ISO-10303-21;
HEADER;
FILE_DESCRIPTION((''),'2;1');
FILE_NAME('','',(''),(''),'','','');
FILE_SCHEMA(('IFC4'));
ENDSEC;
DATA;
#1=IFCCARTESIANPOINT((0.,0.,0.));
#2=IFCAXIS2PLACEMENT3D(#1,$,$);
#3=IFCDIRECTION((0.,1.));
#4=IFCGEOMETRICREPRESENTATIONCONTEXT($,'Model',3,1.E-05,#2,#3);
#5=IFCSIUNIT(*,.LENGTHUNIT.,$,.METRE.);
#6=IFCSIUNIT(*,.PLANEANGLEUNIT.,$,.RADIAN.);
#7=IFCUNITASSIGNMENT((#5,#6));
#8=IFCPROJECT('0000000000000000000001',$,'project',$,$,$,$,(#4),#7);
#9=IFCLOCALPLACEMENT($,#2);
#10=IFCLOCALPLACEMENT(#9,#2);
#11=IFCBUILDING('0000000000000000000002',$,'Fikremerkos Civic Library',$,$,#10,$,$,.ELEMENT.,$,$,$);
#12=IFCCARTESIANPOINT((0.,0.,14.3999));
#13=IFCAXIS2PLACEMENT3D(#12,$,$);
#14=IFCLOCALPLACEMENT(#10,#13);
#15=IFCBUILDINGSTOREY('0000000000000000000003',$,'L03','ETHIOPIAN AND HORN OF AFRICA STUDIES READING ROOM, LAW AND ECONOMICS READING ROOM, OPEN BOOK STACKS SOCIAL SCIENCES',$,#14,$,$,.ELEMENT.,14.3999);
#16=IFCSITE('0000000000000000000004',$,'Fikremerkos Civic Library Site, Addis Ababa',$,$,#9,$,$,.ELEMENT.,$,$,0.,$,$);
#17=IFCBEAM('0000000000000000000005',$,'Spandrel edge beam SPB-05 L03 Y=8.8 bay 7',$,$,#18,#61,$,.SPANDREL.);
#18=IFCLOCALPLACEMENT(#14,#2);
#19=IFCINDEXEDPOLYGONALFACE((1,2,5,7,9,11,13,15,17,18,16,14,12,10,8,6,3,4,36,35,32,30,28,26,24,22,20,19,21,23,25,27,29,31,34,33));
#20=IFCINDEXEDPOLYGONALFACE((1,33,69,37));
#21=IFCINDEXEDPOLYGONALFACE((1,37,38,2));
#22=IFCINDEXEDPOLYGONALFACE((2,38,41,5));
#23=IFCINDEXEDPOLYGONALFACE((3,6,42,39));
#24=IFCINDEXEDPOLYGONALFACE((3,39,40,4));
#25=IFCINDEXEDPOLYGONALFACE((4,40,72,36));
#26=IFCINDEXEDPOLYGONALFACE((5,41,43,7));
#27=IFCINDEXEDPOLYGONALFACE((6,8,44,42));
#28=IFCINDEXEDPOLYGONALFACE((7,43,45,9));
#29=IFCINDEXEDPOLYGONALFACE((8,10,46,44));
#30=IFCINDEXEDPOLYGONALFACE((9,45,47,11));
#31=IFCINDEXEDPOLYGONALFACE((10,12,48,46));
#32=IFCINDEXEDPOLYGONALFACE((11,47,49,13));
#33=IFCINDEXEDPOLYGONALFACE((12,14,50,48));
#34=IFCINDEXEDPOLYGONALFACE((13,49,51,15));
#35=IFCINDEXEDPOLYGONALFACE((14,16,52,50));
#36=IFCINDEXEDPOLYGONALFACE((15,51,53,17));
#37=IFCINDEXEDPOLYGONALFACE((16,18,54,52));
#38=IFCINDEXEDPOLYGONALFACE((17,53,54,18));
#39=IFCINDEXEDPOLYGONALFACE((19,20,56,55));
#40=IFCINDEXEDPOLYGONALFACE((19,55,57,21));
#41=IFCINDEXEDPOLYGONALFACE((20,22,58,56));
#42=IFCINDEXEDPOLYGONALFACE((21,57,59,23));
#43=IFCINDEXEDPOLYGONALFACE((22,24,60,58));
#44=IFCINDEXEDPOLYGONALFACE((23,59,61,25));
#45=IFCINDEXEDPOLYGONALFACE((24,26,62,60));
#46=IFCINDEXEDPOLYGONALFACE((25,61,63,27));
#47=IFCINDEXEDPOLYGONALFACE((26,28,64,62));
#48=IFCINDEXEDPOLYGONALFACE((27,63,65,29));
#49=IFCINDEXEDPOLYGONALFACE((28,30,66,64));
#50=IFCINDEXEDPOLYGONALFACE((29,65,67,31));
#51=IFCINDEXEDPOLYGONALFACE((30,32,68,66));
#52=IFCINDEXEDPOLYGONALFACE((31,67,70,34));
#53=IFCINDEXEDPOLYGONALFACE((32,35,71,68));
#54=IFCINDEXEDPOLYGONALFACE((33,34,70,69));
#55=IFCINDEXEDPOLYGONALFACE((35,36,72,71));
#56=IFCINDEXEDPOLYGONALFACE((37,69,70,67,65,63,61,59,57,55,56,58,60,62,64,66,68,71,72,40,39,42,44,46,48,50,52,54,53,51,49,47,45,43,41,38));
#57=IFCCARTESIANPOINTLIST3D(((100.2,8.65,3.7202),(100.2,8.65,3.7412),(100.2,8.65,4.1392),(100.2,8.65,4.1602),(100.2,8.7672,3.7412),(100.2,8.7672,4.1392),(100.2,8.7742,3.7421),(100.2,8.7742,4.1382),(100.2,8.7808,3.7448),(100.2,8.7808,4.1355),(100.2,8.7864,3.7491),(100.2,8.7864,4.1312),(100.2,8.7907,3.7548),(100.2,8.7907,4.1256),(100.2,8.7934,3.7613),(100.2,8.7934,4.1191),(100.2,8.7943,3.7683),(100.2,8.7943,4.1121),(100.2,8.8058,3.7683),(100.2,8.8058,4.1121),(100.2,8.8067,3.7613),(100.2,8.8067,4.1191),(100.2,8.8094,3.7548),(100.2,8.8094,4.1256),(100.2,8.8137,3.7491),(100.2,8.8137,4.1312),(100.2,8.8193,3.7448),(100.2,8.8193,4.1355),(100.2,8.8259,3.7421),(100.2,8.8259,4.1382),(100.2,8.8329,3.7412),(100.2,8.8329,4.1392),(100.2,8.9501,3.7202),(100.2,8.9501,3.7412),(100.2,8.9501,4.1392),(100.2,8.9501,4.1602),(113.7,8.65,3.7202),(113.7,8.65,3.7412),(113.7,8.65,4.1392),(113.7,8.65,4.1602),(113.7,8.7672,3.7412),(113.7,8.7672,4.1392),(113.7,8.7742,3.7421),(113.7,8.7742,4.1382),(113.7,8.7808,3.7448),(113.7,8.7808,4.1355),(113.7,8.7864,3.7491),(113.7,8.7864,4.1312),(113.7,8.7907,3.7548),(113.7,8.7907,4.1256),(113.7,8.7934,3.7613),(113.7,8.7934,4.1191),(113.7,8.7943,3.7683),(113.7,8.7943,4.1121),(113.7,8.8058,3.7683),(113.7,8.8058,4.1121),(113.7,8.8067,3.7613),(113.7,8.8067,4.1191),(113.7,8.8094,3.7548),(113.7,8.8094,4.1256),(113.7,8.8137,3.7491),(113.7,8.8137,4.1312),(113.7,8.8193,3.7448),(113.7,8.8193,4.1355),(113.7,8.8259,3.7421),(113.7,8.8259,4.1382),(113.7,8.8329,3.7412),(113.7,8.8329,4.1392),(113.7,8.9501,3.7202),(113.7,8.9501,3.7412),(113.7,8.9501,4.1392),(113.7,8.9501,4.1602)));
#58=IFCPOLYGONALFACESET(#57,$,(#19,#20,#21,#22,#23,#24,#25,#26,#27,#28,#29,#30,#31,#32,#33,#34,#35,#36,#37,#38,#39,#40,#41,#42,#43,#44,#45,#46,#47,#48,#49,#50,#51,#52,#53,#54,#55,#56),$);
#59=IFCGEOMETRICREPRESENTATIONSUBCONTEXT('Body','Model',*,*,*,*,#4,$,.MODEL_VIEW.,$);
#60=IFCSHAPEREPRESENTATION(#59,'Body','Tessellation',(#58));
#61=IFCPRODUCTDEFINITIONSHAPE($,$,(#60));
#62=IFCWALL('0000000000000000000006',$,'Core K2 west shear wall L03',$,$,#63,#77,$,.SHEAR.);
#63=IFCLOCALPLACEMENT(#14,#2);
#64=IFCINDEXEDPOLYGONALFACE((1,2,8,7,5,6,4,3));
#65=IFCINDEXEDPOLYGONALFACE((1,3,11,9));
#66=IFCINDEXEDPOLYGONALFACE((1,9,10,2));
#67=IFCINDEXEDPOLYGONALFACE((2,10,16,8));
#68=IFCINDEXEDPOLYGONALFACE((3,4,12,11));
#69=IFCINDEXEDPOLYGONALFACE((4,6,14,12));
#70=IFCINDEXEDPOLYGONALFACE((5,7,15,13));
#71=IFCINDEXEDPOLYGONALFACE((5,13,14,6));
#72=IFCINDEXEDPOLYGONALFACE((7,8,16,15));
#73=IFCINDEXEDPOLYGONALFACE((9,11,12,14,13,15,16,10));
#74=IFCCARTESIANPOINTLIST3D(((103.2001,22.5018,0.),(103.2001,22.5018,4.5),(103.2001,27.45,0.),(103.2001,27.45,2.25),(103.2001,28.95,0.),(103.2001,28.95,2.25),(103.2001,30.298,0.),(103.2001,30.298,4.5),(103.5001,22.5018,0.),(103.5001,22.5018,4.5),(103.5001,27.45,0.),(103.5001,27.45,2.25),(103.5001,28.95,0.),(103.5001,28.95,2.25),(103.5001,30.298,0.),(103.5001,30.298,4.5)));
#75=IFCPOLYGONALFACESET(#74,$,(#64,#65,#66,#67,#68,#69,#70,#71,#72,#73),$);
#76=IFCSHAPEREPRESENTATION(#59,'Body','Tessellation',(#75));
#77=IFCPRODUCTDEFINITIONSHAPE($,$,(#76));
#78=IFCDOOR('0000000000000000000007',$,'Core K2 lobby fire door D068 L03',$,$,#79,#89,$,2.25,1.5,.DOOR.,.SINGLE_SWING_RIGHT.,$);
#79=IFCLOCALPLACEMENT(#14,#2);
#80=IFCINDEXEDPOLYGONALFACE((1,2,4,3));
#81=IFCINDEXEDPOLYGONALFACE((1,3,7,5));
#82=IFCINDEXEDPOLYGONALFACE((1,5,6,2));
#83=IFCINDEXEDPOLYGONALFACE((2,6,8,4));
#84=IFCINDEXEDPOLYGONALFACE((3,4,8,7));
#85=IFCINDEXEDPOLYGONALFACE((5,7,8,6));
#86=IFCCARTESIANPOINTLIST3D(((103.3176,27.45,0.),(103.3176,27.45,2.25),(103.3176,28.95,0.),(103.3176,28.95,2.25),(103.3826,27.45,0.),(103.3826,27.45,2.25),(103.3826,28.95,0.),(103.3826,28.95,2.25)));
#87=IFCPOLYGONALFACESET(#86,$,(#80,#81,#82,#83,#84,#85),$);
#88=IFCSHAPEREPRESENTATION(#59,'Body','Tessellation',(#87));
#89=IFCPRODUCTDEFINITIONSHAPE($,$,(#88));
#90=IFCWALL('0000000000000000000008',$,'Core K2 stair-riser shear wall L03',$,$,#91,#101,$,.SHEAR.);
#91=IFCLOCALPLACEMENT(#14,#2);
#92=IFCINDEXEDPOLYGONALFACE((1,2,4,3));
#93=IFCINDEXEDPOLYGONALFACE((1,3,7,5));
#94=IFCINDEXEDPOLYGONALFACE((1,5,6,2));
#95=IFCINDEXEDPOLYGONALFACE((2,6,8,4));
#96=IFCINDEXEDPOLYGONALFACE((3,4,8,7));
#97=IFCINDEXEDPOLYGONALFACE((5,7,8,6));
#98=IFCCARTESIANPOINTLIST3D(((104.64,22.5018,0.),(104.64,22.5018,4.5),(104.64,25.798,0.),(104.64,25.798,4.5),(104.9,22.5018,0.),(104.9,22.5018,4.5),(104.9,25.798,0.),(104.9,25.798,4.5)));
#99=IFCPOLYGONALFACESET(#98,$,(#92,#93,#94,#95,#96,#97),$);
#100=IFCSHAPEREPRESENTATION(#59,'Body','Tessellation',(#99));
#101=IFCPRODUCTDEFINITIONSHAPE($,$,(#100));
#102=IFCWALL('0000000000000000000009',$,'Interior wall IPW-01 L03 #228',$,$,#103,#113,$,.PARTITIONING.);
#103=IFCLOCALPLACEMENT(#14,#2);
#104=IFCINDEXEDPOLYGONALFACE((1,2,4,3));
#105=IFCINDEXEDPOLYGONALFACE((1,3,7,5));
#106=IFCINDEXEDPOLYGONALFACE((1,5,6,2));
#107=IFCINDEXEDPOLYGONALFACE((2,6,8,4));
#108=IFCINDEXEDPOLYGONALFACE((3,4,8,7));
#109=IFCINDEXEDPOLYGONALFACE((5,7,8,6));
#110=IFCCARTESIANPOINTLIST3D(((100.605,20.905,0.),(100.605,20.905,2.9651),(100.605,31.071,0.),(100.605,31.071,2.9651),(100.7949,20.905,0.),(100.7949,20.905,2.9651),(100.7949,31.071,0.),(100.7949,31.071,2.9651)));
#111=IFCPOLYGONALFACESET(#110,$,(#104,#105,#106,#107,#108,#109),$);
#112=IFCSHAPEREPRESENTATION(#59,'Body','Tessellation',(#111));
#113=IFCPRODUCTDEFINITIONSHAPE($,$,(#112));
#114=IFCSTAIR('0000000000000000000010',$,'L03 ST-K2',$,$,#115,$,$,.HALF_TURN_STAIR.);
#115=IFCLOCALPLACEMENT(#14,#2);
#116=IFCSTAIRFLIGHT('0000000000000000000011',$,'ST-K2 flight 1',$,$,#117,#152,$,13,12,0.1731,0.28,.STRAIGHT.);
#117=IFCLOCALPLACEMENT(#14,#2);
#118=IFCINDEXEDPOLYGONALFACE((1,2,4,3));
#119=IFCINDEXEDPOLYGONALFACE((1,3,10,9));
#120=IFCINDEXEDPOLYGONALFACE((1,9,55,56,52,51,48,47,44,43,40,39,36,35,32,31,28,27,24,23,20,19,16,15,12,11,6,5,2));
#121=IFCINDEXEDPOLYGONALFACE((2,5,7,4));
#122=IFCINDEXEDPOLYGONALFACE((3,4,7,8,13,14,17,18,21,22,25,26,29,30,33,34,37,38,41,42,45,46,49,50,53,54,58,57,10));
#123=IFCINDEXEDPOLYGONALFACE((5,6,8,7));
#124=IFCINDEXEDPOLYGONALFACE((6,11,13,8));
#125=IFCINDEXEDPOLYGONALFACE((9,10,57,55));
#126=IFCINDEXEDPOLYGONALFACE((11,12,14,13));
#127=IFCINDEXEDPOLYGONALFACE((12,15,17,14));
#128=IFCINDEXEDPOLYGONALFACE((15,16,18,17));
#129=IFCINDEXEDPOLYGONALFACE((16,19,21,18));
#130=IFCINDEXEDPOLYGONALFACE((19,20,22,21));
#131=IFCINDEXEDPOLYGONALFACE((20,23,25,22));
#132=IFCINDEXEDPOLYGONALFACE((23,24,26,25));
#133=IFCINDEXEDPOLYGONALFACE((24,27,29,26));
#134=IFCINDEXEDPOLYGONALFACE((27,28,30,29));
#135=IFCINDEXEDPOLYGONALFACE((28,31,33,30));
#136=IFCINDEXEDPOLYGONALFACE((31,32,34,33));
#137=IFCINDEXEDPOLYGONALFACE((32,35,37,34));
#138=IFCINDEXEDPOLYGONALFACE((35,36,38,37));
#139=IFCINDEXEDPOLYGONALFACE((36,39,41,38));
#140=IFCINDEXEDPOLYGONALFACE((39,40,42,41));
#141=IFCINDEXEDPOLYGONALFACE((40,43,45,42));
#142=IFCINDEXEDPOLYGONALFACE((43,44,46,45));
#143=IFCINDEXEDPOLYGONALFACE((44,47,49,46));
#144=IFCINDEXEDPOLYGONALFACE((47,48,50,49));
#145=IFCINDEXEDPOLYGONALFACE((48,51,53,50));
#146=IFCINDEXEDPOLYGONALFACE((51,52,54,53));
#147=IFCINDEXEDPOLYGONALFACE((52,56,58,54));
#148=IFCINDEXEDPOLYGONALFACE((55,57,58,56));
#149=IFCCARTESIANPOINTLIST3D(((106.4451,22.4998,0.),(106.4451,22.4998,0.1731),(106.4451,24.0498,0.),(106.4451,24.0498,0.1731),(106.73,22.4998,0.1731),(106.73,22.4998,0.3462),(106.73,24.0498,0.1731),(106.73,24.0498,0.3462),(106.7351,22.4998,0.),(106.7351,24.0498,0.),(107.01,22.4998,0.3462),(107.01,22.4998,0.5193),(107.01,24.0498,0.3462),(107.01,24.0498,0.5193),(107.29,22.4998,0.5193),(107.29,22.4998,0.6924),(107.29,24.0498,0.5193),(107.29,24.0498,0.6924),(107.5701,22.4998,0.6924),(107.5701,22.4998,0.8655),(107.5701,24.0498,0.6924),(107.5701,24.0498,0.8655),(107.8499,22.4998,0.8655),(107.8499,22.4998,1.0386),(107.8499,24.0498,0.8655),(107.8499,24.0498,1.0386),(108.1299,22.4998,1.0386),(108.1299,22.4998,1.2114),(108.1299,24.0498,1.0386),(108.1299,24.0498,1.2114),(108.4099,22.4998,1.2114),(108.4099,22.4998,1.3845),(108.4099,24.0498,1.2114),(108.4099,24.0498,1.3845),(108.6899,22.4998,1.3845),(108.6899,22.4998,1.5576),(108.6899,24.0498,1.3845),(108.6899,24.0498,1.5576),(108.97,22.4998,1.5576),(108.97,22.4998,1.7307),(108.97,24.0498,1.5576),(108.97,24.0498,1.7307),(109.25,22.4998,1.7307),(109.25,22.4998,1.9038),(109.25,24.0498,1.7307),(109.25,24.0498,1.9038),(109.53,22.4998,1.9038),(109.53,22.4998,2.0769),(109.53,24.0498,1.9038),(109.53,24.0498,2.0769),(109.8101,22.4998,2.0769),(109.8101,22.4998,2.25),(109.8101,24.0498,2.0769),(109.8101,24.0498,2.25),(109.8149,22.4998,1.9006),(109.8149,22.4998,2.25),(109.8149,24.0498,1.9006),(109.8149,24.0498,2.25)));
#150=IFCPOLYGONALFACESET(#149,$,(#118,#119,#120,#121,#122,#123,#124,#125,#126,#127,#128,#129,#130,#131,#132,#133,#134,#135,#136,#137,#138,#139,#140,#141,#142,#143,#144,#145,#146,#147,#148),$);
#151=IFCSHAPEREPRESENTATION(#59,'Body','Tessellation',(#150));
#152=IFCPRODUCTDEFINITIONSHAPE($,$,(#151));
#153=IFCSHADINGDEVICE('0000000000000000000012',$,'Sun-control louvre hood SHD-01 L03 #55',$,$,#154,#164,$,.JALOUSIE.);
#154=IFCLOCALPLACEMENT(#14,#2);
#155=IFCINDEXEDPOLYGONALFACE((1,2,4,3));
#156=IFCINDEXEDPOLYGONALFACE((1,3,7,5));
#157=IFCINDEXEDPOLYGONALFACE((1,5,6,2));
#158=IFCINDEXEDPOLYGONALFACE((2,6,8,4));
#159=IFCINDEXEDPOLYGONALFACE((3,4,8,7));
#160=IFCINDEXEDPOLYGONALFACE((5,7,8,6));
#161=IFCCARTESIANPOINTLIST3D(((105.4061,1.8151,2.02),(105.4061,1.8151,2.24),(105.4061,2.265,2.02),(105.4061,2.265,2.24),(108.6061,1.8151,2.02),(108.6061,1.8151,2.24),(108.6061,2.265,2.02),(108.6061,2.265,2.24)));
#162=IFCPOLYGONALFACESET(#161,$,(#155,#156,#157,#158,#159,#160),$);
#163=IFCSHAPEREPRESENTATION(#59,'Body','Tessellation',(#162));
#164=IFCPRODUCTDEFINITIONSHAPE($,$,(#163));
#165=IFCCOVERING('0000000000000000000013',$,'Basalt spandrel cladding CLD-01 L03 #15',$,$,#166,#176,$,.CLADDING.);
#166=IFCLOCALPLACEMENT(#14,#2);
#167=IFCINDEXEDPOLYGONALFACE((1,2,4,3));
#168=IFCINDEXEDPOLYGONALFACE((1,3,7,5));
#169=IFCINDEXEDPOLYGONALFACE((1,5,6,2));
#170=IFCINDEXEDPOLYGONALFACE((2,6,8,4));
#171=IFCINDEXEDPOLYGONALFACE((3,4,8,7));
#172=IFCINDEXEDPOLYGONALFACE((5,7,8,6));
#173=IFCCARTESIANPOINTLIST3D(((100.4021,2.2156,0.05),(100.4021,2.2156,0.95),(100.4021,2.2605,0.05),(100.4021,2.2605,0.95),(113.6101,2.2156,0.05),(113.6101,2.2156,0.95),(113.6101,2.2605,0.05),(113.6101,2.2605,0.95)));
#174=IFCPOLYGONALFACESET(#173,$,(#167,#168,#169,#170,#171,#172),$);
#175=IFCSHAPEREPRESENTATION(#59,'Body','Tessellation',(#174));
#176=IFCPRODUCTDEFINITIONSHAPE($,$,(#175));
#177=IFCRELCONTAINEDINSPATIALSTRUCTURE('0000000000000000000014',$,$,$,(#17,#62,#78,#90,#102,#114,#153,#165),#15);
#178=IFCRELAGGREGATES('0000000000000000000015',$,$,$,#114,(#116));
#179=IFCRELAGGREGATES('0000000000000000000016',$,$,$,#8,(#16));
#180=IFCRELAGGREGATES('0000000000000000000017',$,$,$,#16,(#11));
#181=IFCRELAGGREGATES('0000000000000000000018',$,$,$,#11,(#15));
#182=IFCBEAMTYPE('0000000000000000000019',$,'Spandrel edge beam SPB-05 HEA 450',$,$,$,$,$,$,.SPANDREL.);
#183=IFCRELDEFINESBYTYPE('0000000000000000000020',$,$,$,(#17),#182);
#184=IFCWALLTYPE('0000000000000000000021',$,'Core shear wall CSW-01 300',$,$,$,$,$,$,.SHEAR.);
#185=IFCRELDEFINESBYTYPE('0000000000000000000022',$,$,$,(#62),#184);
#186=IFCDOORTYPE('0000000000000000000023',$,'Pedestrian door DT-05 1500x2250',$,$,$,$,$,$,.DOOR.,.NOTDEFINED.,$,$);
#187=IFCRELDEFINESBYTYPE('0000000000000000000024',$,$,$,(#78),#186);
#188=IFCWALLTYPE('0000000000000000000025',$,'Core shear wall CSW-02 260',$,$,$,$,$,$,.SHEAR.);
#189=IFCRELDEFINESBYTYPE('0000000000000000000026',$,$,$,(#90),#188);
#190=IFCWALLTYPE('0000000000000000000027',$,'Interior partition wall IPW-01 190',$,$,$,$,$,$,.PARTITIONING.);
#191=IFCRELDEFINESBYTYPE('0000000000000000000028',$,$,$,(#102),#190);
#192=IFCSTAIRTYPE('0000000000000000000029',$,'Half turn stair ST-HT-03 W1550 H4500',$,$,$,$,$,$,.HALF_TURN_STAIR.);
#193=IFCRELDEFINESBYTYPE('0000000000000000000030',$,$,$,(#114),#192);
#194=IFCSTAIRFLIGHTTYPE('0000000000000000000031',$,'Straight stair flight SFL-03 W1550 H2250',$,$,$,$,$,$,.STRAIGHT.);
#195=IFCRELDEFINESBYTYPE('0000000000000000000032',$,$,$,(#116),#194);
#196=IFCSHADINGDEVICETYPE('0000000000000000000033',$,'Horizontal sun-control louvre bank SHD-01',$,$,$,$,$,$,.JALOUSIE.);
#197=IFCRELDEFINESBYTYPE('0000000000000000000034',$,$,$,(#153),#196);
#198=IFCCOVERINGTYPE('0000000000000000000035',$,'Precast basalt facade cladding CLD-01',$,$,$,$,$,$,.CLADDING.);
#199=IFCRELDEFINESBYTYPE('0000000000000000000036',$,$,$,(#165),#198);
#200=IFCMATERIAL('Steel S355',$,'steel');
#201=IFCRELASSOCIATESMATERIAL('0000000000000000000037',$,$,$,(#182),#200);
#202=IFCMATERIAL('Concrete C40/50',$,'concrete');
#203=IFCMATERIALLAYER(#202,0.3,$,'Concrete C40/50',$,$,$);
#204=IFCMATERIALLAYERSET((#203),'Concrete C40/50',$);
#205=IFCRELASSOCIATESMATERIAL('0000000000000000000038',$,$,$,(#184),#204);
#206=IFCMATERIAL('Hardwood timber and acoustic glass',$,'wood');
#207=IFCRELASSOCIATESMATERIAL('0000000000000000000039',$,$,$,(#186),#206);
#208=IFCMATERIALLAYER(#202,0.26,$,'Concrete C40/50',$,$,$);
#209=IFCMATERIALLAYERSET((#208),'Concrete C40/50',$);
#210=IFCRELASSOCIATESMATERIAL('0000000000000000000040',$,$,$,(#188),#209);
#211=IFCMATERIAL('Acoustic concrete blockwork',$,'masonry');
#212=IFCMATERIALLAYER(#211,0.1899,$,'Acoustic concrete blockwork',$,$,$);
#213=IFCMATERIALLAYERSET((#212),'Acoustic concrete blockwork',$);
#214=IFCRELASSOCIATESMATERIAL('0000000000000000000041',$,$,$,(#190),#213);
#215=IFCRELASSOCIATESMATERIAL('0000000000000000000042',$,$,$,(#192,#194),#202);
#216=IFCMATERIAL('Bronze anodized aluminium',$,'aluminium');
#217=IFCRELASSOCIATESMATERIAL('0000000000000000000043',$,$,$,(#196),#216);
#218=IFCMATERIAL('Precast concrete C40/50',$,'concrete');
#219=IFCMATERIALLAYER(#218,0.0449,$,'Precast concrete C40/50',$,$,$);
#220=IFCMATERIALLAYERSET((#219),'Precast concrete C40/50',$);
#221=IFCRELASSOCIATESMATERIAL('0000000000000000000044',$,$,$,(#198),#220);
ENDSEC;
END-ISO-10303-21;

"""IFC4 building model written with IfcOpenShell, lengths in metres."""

from ifc_helpers import new_model, si_unit, direction, frame, frame_2d, origin, origin_2d, place, context, subcontext, project, spatial, polyline, rectangle, i_section, outline, extrude, material, layer, layer_set, material_profile, profile_set, type_object, element, fill, aggregate, save


model = new_model("IFC4")

# Units and contexts
model_context = context("Model", 3, precision=1e-05, world=origin(), true_north=direction((0.0, 1.0)))
body_context = subcontext(model_context, "Body", "Model", "MODEL_VIEW")
ifc_project = project(units=[si_unit("LENGTHUNIT", "METRE"), si_unit("PLANEANGLEUNIT", "RADIAN")], contexts=[model_context])

# Site, building, storey
site_placement = place(None, origin())
site = spatial("IfcSite", under=ifc_project, at=site_placement, Name="Fikremerkos Civic Library Site, Addis Ababa", CompositionType="ELEMENT", RefElevation=0.0)
building_placement = place(site_placement, origin())
building = spatial("IfcBuilding", under=site, at=building_placement, Name="Fikremerkos Civic Library", CompositionType="ELEMENT")
storey_placement = place(building_placement, frame((0.0, 0.0, 14.3999)))
storey = spatial("IfcBuildingStorey", under=building, at=storey_placement, Name="L03", Description="ETHIOPIAN AND HORN OF AFRICA STUDIES READING ROOM, LAW AND ECONOMICS READING ROOM, OPEN BOOK STACKS SOCIAL SCIENCES", CompositionType="ELEMENT", Elevation=14.3999)

# Shared definitions
ifc_material_1 = material(Name="Steel S355", Category="steel")

# Beam
ifc_material_2 = material(Name="Concrete C40/50", Category="concrete")
ifc_material_profile_1 = material_profile(ifc_material_1, i_section(OverallWidth=0.3, OverallDepth=0.4399, WebThickness=0.0115, FlangeThickness=0.021, FilletRadius=0.0271, at=origin_2d()), Name="HEA 450")
ifc_profile_set_1 = profile_set([ifc_material_profile_1], Name="Steel S355")
beam_type_1 = type_object("IfcBeamType", Name="Spandrel edge beam SPB-05 HEA 450", PredefinedType="SPANDREL", material=ifc_profile_set_1)
beam_1_placement = place(storey_placement, frame((100.2, 8.8, 3.9402), z_axis=(1.0, 0.0, 0.0), x_axis=(0.0, 1.0, 0.0)))
element("IfcBeam", 1, at=beam_1_placement, inside=storey, type_object=beam_type_1, Name="Spandrel edge beam SPB-05 L03 Y=8.8 bay 7", PredefinedType="SPANDREL", context=body_context, shape_type="SweptSolid", body=[
    extrude(i_section(OverallWidth=0.3, OverallDepth=0.4399, WebThickness=0.0115, FlangeThickness=0.021, FilletRadius=0.0271, at=origin_2d()), origin(), (0.0, 0.0, 1.0), 13.5),
])

# Wall, opening, door
ifc_layer_1 = layer(ifc_material_2, 0.3, Name="Concrete C40/50")
ifc_layer_set_1 = layer_set([ifc_layer_1], Name="Concrete C40/50")
wall_type_1 = type_object("IfcWallType", Name="Core shear wall CSW-01 300", PredefinedType="SHEAR", material=ifc_layer_set_1)
wall_1_placement = place(storey_placement, frame((103.3501, 22.502, 0.0), z_axis=(0.0, 0.0, 1.0), x_axis=(0.0, 1.0, 0.0)))
wall_1 = element("IfcWall", 2, at=wall_1_placement, inside=storey, type_object=wall_type_1, Name="Core K2 west shear wall L03", PredefinedType="SHEAR", context=body_context, shape_type="SweptSolid", body=[
    extrude(rectangle(XDim=7.7961, YDim=0.3, at=frame_2d((3.8979, 0.0))), origin(), (0.0, 0.0, 1.0), 4.5),
])
opening_placement = place(wall_1_placement, frame((4.948, 0.0, 0.0)))
opening = element("IfcOpeningElement", 3, at=opening_placement, cuts=wall_1, PredefinedType="OPENING", context=body_context, shape_type="SweptSolid", body=[
    extrude(rectangle(XDim=1.5, YDim=2.25, at=frame_2d((0.75, 1.125))), frame((0.0, 0.1599, 0.0), z_axis=(0.0, -1.0, 0.0), x_axis=(1.0, 0.0, 0.0)), (0.0, 0.0, 1.0), 0.3201),
])
ifc_material_3 = material(Name="Hardwood timber and acoustic glass", Category="wood")
door_type = type_object("IfcDoorType", Name="Pedestrian door DT-05 1500x2250", OperationType="NOTDEFINED", PredefinedType="DOOR", material=ifc_material_3)
door_placement = place(opening_placement, origin())
door = element("IfcDoor", 4, at=door_placement, inside=storey, type_object=door_type, Name="Core K2 lobby fire door D068 L03", OperationType="SINGLE_SWING_RIGHT", OverallHeight=2.25, OverallWidth=1.5, PredefinedType="DOOR", context=body_context, shape_type="SweptSolid", body=[
    extrude(rectangle(XDim=1.5, YDim=2.25, at=frame_2d((0.75, 1.125))), frame((0.0, 0.0325, 0.0), z_axis=(0.0, -1.0, 0.0), x_axis=(1.0, 0.0, 0.0)), (0.0, 0.0, 1.0), 0.0649),
])
fill(opening, door)

# Walls
ifc_layer_2 = layer(ifc_material_2, 0.26, Name="Concrete C40/50")
ifc_layer_set_2 = layer_set([ifc_layer_2], Name="Concrete C40/50")
wall_type_2 = type_object("IfcWallType", Name="Core shear wall CSW-02 260", PredefinedType="SHEAR", material=ifc_layer_set_2)
wall_2_placement = place(storey_placement, frame((104.77, 22.502, 0.0), z_axis=(0.0, 0.0, 1.0), x_axis=(0.0, 1.0, 0.0)))
element("IfcWall", 5, at=wall_2_placement, inside=storey, type_object=wall_type_2, Name="Core K2 stair-riser shear wall L03", PredefinedType="SHEAR", context=body_context, shape_type="SweptSolid", body=[
    extrude(rectangle(XDim=3.2961, YDim=0.26, at=frame_2d((1.6479, 0.0))), origin(), (0.0, 0.0, 1.0), 4.5),
])
ifc_material_4 = material(Name="Acoustic concrete blockwork", Category="masonry")
ifc_layer_3 = layer(ifc_material_4, 0.1899, Name="Acoustic concrete blockwork")
ifc_layer_set_3 = layer_set([ifc_layer_3], Name="Acoustic concrete blockwork")
wall_type_3 = type_object("IfcWallType", Name="Interior partition wall IPW-01 190", PredefinedType="PARTITIONING", material=ifc_layer_set_3)
wall_3_placement = place(storey_placement, frame((100.7, 20.905, 0.0), z_axis=(0.0, 0.0, 1.0), x_axis=(0.0, 1.0, 0.0)))
element("IfcWall", 6, at=wall_3_placement, inside=storey, type_object=wall_type_3, Name="Interior wall IPW-01 L03 #228", PredefinedType="PARTITIONING", context=body_context, shape_type="SweptSolid", body=[
    extrude(rectangle(XDim=10.166, YDim=0.1899, at=frame_2d((5.083, 0.0))), origin(), (0.0, 0.0, 1.0), 2.9651),
])

# Stair, stair flight
stair_type = type_object("IfcStairType", Name="Half turn stair ST-HT-03 W1550 H4500", PredefinedType="HALF_TURN_STAIR", material=ifc_material_2)
stair_placement = place(storey_placement, origin())
stair = element("IfcStair", 7, at=stair_placement, inside=storey, type_object=stair_type, Name="L03 ST-K2", PredefinedType="HALF_TURN_STAIR")
stair_flight_type = type_object("IfcStairFlightType", Name="Straight stair flight SFL-03 W1550 H2250", PredefinedType="STRAIGHT", material=ifc_material_2)
stair_flight_placement = place(storey_placement, frame((106.45, 23.2749, 0.0), z_axis=(0.0, 0.0, 1.0), x_axis=(1.0, 0.0, 0.0)))
stair_flight = element("IfcStairFlight", 8, at=stair_flight_placement, type_object=stair_flight_type, Name="ST-K2 flight 1", NumberOfRisers=13, NumberOfTreads=12, PredefinedType="STRAIGHT", RiserHeight=0.1731, TreadLength=0.28, context=body_context, shape_type="SweptSolid", body=[
    extrude(outline(polyline([(-0.0049, 0.0), (-0.0049, 0.1731), (0.28, 0.1731), (0.28, 0.3462), (0.5601, 0.3462), (0.5601, 0.5193), (0.8401, 0.5193), (0.8401, 0.6924), (1.1201, 0.6924), (1.1201, 0.8655), (1.3999, 0.8655), (1.3999, 1.0386), (1.6799, 1.0386), (1.6799, 1.2114), (1.96, 1.2114), (1.96, 1.3845), (2.24, 1.3845), (2.24, 1.5576), (2.52, 1.5576), (2.52, 1.7307), (2.8, 1.7307), (2.8, 1.9038), (3.0801, 1.9038), (3.0801, 2.0769), (3.3601, 2.0769), (3.3601, 2.25), (3.365, 2.25), (3.365, 1.9006), (0.2852, 0.0), (-0.0049, 0.0)])), frame((0.0, 0.7749, 0.0), z_axis=(0.0, -1.0, 0.0), x_axis=(1.0, 0.0, 0.0)), (0.0, 0.0, 1.0), 1.55),
])
aggregate(stair, [stair_flight])

# Shading device
ifc_material_5 = material(Name="Bronze anodized aluminium", Category="aluminium")
shading_device_type = type_object("IfcShadingDeviceType", Name="Horizontal sun-control louvre bank SHD-01", PredefinedType="JALOUSIE", material=ifc_material_5)
shading_device_placement = place(storey_placement, frame((107.0061, 2.04, 2.02), z_axis=(0.0, 0.0, 1.0), x_axis=(1.0, 0.0, 0.0)))
element("IfcShadingDevice", 9, at=shading_device_placement, inside=storey, type_object=shading_device_type, Name="Sun-control louvre hood SHD-01 L03 #55", PredefinedType="JALOUSIE", context=body_context, shape_type="SweptSolid", body=[
    extrude(rectangle(XDim=3.2, YDim=0.45, at=origin_2d()), origin(), (0.0, 0.0, 1.0), 0.22),
])

# Covering
ifc_material_6 = material(Name="Precast concrete C40/50", Category="concrete")
ifc_layer_4 = layer(ifc_material_6, 0.0449, Name="Precast concrete C40/50")
ifc_layer_set_4 = layer_set([ifc_layer_4], Name="Precast concrete C40/50")
covering_type = type_object("IfcCoveringType", Name="Precast basalt facade cladding CLD-01", PredefinedType="CLADDING", material=ifc_layer_set_4)
covering_placement = place(storey_placement, frame((107.0061, 2.238, 0.05), z_axis=(0.0, 0.0, 1.0), x_axis=(1.0, 0.0, 0.0)))
element("IfcCovering", 10, at=covering_placement, inside=storey, type_object=covering_type, Name="Basalt spandrel cladding CLD-01 L03 #15", PredefinedType="CLADDING", context=body_context, shape_type="SweptSolid", body=[
    extrude(rectangle(XDim=13.208, YDim=0.0449, at=origin_2d()), origin(), (0.0, 0.0, 1.0), 0.8999),
])

save(model, "model.ifc")
